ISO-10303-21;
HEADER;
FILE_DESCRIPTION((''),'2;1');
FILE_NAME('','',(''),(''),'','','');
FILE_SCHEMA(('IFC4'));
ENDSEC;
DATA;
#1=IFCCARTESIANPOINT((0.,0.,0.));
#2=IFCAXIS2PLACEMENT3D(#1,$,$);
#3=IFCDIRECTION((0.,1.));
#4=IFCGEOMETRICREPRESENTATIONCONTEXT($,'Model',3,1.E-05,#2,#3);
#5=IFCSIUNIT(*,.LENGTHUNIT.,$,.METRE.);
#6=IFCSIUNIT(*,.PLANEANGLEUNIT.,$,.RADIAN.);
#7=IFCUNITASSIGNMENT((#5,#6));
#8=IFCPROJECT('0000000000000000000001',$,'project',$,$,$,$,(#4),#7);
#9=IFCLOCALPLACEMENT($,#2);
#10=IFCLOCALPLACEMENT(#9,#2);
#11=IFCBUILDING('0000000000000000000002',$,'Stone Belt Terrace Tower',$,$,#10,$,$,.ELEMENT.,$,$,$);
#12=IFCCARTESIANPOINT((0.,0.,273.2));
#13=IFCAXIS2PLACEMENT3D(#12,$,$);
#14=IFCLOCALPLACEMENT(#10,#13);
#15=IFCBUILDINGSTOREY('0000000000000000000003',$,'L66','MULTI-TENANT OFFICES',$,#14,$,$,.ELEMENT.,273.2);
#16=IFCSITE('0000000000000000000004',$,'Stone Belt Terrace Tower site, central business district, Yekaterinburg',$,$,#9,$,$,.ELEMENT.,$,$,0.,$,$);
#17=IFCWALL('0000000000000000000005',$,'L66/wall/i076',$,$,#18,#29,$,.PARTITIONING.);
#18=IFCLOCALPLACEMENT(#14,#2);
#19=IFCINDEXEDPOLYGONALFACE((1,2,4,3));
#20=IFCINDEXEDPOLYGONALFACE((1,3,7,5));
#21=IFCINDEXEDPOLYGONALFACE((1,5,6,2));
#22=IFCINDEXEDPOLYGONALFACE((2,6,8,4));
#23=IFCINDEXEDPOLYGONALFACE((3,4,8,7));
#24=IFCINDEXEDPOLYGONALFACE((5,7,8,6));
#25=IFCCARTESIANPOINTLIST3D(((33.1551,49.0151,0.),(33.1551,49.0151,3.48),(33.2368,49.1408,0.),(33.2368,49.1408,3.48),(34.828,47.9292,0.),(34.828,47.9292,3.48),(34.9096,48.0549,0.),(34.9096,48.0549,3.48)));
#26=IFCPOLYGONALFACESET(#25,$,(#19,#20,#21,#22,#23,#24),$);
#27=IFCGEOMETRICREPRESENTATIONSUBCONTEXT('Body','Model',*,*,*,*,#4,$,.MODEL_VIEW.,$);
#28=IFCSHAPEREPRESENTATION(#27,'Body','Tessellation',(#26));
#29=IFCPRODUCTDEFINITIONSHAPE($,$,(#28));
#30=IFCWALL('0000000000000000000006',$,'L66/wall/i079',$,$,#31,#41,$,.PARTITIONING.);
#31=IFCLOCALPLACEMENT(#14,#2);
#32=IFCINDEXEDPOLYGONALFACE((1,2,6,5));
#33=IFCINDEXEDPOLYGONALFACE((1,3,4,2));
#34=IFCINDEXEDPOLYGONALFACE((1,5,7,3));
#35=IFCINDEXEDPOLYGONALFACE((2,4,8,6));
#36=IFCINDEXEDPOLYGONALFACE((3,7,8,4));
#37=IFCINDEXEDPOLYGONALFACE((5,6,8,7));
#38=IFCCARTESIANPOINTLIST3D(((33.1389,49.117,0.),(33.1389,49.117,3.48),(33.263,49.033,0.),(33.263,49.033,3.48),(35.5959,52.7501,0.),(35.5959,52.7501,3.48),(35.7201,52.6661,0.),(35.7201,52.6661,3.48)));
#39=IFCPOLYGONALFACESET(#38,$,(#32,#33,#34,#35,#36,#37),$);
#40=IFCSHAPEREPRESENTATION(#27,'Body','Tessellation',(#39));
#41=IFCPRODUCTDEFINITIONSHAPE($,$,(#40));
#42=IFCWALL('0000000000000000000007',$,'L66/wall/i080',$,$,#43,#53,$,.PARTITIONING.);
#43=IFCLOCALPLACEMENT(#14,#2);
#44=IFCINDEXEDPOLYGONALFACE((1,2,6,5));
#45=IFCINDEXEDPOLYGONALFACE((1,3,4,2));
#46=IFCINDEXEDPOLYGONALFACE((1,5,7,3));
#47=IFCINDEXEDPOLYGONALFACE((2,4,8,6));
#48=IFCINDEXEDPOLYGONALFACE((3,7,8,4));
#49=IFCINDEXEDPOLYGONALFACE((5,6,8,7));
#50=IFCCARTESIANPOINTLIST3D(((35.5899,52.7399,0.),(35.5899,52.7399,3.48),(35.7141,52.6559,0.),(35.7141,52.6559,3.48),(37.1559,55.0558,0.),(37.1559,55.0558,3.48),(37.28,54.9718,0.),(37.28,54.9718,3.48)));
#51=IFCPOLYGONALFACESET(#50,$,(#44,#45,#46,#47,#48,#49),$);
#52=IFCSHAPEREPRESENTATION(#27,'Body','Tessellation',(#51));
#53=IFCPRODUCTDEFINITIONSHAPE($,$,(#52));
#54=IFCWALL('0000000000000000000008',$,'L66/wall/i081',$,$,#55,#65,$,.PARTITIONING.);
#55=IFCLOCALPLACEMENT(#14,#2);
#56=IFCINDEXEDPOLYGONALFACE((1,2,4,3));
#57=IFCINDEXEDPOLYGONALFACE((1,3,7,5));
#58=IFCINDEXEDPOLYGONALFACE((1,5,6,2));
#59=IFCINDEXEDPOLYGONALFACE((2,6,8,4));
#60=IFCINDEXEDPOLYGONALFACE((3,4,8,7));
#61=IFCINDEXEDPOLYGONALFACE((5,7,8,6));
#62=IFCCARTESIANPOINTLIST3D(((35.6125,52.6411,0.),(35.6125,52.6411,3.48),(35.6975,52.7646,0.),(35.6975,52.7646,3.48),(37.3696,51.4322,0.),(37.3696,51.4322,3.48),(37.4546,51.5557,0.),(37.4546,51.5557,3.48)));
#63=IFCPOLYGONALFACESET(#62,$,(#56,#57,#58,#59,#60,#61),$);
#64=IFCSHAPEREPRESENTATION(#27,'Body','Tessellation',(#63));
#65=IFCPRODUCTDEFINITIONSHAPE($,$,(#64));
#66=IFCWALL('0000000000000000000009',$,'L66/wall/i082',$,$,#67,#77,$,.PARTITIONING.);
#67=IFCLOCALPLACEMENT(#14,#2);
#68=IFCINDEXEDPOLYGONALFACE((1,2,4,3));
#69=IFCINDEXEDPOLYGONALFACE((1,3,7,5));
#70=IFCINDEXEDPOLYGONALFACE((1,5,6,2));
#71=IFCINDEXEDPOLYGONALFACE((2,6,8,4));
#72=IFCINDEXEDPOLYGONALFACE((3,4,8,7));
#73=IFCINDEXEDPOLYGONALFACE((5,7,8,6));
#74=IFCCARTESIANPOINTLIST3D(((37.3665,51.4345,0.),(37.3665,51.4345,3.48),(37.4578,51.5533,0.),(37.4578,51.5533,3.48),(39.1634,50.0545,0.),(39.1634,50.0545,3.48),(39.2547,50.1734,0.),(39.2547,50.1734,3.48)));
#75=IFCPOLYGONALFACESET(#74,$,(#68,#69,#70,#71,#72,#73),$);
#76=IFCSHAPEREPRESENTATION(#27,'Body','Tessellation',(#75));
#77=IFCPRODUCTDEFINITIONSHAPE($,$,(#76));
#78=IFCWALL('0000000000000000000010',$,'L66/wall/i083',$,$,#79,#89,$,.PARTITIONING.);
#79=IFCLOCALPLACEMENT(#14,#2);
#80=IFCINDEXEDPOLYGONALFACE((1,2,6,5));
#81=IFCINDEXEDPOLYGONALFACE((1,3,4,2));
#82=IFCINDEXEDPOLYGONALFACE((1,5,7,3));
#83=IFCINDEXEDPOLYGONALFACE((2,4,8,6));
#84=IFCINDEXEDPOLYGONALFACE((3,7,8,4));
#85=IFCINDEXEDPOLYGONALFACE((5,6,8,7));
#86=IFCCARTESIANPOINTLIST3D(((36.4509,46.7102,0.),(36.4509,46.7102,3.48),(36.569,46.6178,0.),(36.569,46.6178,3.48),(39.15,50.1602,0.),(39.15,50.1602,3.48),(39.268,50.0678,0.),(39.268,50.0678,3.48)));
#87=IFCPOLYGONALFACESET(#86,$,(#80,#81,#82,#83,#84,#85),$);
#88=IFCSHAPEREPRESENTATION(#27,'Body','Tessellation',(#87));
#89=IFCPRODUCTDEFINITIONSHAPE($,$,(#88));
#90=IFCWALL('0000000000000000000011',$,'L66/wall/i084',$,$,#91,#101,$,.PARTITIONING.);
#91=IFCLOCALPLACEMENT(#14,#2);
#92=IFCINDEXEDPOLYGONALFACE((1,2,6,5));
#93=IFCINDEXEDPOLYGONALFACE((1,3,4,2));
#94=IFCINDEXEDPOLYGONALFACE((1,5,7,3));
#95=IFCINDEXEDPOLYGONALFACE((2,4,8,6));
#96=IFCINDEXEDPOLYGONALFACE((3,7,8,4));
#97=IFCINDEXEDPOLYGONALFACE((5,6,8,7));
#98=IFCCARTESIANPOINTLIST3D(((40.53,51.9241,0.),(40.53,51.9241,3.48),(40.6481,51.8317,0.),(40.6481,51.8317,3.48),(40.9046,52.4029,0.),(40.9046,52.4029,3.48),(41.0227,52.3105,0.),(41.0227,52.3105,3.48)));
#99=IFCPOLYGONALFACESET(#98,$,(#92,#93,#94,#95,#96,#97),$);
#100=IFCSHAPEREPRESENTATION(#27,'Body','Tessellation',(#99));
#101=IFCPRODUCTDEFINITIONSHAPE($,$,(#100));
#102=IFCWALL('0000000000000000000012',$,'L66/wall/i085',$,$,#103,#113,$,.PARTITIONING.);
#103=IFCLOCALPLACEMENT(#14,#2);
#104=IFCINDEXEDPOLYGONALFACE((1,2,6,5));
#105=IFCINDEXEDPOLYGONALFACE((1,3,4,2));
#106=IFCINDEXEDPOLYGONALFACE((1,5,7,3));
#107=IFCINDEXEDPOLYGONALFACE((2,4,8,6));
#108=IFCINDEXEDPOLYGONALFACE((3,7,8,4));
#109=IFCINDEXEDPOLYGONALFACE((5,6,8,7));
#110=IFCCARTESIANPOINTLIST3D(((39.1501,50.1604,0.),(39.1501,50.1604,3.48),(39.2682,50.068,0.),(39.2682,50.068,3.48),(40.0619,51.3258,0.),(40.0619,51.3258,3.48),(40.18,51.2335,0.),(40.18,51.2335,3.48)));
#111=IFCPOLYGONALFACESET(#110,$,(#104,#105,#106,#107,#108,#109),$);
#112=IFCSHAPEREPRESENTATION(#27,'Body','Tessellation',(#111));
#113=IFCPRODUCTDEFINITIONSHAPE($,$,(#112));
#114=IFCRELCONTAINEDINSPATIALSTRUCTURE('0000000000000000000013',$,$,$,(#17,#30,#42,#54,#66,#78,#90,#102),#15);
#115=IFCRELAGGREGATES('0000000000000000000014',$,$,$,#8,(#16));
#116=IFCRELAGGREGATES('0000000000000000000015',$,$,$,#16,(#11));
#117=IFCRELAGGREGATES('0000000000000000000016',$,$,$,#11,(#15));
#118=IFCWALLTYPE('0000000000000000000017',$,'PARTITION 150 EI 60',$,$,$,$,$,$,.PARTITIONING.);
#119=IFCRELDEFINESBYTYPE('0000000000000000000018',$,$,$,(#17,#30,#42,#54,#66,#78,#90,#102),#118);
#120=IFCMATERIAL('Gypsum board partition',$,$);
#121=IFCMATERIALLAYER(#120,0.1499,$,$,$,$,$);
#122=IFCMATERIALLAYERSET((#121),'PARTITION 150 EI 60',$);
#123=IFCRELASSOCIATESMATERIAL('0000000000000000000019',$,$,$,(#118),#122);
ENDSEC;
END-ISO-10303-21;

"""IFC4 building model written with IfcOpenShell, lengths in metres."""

from ifc_helpers import new_model, si_unit, direction, frame, frame_2d, origin, place, context, subcontext, project, spatial, rectangle, extrude, material, layer, layer_set, type_object, element, save


model = new_model("IFC4")

# Units and contexts
model_context = context("Model", 3, precision=1e-05, world=origin(), true_north=direction((0.0, 1.0)))
body_context = subcontext(model_context, "Body", "Model", "MODEL_VIEW")
ifc_project = project(units=[si_unit("LENGTHUNIT", "METRE"), si_unit("PLANEANGLEUNIT", "RADIAN")], contexts=[model_context])

# Site, building, storey
site_placement = place(None, origin())
site = spatial("IfcSite", under=ifc_project, at=site_placement, Name="Stone Belt Terrace Tower site, central business district, Yekaterinburg", CompositionType="ELEMENT", RefElevation=0.0)
building_placement = place(site_placement, origin())
building = spatial("IfcBuilding", under=site, at=building_placement, Name="Stone Belt Terrace Tower", CompositionType="ELEMENT")
storey_placement = place(building_placement, frame((0.0, 0.0, 273.2)))
storey = spatial("IfcBuildingStorey", under=building, at=storey_placement, Name="L66", Description="MULTI-TENANT OFFICES", CompositionType="ELEMENT", Elevation=273.2)

# Walls
ifc_material_1 = material(Name="Gypsum board partition")
ifc_layer_1 = layer(ifc_material_1, 0.1499)
ifc_layer_set_1 = layer_set([ifc_layer_1], Name="PARTITION 150 EI 60")
wall_type = type_object("IfcWallType", Name="PARTITION 150 EI 60", PredefinedType="PARTITIONING", material=ifc_layer_set_1)
wall_1_placement = place(storey_placement, frame((33.196, 49.0779, 0.0), z_axis=(0.0, 0.0, 1.0), x_axis=(0.838768, -0.544489, 0.0)))
element("IfcWall", 1, at=wall_1_placement, inside=storey, type_object=wall_type, Name="L66/wall/i076", PredefinedType="PARTITIONING", context=body_context, shape_type="SweptSolid", body=[
    extrude(rectangle(XDim=1.9944, YDim=0.1499, at=frame_2d((0.9971, 0.0))), origin(), (0.0, 0.0, 1.0), 3.48),
])
wall_2_placement = place(storey_placement, frame((35.658, 52.708, 0.0), z_axis=(0.0, 0.0, 1.0), x_axis=(-0.560212, -0.82835, 0.0)))
element("IfcWall", 2, at=wall_2_placement, inside=storey, type_object=wall_type, Name="L66/wall/i079", PredefinedType="PARTITIONING", context=body_context, shape_type="SweptSolid", body=[
    extrude(rectangle(XDim=4.386, YDim=0.1499, at=frame_2d((2.1929, 0.0))), origin(), (0.0, 0.0, 1.0), 3.48),
])
wall_3_placement = place(storey_placement, frame((37.218, 55.0139, 0.0), z_axis=(0.0, 0.0, 1.0), x_axis=(-0.56013, -0.828405, 0.0)))
element("IfcWall", 3, at=wall_3_placement, inside=storey, type_object=wall_type, Name="L66/wall/i080", PredefinedType="PARTITIONING", context=body_context, shape_type="SweptSolid", body=[
    extrude(rectangle(XDim=2.7957, YDim=0.1499, at=frame_2d((1.3979, 0.0))), origin(), (0.0, 0.0, 1.0), 3.48),
])
wall_4_placement = place(storey_placement, frame((35.655, 52.7029, 0.0), z_axis=(0.0, 0.0, 1.0), x_axis=(0.823825, -0.566845, 0.0)))
element("IfcWall", 4, at=wall_4_placement, inside=storey, type_object=wall_type, Name="L66/wall/i081", PredefinedType="PARTITIONING", context=body_context, shape_type="SweptSolid", body=[
    extrude(rectangle(XDim=2.1328, YDim=0.1499, at=frame_2d((1.0664, 0.0))), origin(), (0.0, 0.0, 1.0), 3.48),
])
wall_5_placement = place(storey_placement, frame((37.4121, 51.4939, 0.0), z_axis=(0.0, 0.0, 1.0), x_axis=(0.79312, -0.609065, 0.0)))
element("IfcWall", 5, at=wall_5_placement, inside=storey, type_object=wall_type, Name="L66/wall/i082", PredefinedType="PARTITIONING", context=body_context, shape_type="SweptSolid", body=[
    extrude(rectangle(XDim=2.2656, YDim=0.1499, at=frame_2d((1.1328, 0.0))), origin(), (0.0, 0.0, 1.0), 3.48),
])
wall_6_placement = place(storey_placement, frame((39.209, 50.114, 0.0), z_axis=(0.0, 0.0, 1.0), x_axis=(-0.616168, -0.787614, 0.0)))
element("IfcWall", 6, at=wall_6_placement, inside=storey, type_object=wall_type, Name="L66/wall/i083", PredefinedType="PARTITIONING", context=body_context, shape_type="SweptSolid", body=[
    extrude(rectangle(XDim=4.3804, YDim=0.1499, at=frame_2d((2.1902, 0.0))), origin(), (0.0, 0.0, 1.0), 3.48),
])
wall_7_placement = place(storey_placement, frame((40.9636, 52.3567, 0.0), z_axis=(0.0, 0.0, 1.0), x_axis=(-0.616135, -0.787641, 0.0)))
element("IfcWall", 7, at=wall_7_placement, inside=storey, type_object=wall_type, Name="L66/wall/i084", PredefinedType="PARTITIONING", context=body_context, shape_type="SweptSolid", body=[
    extrude(rectangle(XDim=0.6079, YDim=0.1499, at=frame_2d((0.304, 0.0))), origin(), (0.0, 0.0, 1.0), 3.48),
])
wall_8_placement = place(storey_placement, frame((40.1208, 51.2795, 0.0), z_axis=(0.0, 0.0, 1.0), x_axis=(-0.616188, -0.787599, 0.0)))
element("IfcWall", 8, at=wall_8_placement, inside=storey, type_object=wall_type, Name="L66/wall/i085", PredefinedType="PARTITIONING", context=body_context, shape_type="SweptSolid", body=[
    extrude(rectangle(XDim=1.4797, YDim=0.1499, at=frame_2d((0.7397, 0.0))), origin(), (0.0, 0.0, 1.0), 3.48),
])

save(model, "model.ifc")
